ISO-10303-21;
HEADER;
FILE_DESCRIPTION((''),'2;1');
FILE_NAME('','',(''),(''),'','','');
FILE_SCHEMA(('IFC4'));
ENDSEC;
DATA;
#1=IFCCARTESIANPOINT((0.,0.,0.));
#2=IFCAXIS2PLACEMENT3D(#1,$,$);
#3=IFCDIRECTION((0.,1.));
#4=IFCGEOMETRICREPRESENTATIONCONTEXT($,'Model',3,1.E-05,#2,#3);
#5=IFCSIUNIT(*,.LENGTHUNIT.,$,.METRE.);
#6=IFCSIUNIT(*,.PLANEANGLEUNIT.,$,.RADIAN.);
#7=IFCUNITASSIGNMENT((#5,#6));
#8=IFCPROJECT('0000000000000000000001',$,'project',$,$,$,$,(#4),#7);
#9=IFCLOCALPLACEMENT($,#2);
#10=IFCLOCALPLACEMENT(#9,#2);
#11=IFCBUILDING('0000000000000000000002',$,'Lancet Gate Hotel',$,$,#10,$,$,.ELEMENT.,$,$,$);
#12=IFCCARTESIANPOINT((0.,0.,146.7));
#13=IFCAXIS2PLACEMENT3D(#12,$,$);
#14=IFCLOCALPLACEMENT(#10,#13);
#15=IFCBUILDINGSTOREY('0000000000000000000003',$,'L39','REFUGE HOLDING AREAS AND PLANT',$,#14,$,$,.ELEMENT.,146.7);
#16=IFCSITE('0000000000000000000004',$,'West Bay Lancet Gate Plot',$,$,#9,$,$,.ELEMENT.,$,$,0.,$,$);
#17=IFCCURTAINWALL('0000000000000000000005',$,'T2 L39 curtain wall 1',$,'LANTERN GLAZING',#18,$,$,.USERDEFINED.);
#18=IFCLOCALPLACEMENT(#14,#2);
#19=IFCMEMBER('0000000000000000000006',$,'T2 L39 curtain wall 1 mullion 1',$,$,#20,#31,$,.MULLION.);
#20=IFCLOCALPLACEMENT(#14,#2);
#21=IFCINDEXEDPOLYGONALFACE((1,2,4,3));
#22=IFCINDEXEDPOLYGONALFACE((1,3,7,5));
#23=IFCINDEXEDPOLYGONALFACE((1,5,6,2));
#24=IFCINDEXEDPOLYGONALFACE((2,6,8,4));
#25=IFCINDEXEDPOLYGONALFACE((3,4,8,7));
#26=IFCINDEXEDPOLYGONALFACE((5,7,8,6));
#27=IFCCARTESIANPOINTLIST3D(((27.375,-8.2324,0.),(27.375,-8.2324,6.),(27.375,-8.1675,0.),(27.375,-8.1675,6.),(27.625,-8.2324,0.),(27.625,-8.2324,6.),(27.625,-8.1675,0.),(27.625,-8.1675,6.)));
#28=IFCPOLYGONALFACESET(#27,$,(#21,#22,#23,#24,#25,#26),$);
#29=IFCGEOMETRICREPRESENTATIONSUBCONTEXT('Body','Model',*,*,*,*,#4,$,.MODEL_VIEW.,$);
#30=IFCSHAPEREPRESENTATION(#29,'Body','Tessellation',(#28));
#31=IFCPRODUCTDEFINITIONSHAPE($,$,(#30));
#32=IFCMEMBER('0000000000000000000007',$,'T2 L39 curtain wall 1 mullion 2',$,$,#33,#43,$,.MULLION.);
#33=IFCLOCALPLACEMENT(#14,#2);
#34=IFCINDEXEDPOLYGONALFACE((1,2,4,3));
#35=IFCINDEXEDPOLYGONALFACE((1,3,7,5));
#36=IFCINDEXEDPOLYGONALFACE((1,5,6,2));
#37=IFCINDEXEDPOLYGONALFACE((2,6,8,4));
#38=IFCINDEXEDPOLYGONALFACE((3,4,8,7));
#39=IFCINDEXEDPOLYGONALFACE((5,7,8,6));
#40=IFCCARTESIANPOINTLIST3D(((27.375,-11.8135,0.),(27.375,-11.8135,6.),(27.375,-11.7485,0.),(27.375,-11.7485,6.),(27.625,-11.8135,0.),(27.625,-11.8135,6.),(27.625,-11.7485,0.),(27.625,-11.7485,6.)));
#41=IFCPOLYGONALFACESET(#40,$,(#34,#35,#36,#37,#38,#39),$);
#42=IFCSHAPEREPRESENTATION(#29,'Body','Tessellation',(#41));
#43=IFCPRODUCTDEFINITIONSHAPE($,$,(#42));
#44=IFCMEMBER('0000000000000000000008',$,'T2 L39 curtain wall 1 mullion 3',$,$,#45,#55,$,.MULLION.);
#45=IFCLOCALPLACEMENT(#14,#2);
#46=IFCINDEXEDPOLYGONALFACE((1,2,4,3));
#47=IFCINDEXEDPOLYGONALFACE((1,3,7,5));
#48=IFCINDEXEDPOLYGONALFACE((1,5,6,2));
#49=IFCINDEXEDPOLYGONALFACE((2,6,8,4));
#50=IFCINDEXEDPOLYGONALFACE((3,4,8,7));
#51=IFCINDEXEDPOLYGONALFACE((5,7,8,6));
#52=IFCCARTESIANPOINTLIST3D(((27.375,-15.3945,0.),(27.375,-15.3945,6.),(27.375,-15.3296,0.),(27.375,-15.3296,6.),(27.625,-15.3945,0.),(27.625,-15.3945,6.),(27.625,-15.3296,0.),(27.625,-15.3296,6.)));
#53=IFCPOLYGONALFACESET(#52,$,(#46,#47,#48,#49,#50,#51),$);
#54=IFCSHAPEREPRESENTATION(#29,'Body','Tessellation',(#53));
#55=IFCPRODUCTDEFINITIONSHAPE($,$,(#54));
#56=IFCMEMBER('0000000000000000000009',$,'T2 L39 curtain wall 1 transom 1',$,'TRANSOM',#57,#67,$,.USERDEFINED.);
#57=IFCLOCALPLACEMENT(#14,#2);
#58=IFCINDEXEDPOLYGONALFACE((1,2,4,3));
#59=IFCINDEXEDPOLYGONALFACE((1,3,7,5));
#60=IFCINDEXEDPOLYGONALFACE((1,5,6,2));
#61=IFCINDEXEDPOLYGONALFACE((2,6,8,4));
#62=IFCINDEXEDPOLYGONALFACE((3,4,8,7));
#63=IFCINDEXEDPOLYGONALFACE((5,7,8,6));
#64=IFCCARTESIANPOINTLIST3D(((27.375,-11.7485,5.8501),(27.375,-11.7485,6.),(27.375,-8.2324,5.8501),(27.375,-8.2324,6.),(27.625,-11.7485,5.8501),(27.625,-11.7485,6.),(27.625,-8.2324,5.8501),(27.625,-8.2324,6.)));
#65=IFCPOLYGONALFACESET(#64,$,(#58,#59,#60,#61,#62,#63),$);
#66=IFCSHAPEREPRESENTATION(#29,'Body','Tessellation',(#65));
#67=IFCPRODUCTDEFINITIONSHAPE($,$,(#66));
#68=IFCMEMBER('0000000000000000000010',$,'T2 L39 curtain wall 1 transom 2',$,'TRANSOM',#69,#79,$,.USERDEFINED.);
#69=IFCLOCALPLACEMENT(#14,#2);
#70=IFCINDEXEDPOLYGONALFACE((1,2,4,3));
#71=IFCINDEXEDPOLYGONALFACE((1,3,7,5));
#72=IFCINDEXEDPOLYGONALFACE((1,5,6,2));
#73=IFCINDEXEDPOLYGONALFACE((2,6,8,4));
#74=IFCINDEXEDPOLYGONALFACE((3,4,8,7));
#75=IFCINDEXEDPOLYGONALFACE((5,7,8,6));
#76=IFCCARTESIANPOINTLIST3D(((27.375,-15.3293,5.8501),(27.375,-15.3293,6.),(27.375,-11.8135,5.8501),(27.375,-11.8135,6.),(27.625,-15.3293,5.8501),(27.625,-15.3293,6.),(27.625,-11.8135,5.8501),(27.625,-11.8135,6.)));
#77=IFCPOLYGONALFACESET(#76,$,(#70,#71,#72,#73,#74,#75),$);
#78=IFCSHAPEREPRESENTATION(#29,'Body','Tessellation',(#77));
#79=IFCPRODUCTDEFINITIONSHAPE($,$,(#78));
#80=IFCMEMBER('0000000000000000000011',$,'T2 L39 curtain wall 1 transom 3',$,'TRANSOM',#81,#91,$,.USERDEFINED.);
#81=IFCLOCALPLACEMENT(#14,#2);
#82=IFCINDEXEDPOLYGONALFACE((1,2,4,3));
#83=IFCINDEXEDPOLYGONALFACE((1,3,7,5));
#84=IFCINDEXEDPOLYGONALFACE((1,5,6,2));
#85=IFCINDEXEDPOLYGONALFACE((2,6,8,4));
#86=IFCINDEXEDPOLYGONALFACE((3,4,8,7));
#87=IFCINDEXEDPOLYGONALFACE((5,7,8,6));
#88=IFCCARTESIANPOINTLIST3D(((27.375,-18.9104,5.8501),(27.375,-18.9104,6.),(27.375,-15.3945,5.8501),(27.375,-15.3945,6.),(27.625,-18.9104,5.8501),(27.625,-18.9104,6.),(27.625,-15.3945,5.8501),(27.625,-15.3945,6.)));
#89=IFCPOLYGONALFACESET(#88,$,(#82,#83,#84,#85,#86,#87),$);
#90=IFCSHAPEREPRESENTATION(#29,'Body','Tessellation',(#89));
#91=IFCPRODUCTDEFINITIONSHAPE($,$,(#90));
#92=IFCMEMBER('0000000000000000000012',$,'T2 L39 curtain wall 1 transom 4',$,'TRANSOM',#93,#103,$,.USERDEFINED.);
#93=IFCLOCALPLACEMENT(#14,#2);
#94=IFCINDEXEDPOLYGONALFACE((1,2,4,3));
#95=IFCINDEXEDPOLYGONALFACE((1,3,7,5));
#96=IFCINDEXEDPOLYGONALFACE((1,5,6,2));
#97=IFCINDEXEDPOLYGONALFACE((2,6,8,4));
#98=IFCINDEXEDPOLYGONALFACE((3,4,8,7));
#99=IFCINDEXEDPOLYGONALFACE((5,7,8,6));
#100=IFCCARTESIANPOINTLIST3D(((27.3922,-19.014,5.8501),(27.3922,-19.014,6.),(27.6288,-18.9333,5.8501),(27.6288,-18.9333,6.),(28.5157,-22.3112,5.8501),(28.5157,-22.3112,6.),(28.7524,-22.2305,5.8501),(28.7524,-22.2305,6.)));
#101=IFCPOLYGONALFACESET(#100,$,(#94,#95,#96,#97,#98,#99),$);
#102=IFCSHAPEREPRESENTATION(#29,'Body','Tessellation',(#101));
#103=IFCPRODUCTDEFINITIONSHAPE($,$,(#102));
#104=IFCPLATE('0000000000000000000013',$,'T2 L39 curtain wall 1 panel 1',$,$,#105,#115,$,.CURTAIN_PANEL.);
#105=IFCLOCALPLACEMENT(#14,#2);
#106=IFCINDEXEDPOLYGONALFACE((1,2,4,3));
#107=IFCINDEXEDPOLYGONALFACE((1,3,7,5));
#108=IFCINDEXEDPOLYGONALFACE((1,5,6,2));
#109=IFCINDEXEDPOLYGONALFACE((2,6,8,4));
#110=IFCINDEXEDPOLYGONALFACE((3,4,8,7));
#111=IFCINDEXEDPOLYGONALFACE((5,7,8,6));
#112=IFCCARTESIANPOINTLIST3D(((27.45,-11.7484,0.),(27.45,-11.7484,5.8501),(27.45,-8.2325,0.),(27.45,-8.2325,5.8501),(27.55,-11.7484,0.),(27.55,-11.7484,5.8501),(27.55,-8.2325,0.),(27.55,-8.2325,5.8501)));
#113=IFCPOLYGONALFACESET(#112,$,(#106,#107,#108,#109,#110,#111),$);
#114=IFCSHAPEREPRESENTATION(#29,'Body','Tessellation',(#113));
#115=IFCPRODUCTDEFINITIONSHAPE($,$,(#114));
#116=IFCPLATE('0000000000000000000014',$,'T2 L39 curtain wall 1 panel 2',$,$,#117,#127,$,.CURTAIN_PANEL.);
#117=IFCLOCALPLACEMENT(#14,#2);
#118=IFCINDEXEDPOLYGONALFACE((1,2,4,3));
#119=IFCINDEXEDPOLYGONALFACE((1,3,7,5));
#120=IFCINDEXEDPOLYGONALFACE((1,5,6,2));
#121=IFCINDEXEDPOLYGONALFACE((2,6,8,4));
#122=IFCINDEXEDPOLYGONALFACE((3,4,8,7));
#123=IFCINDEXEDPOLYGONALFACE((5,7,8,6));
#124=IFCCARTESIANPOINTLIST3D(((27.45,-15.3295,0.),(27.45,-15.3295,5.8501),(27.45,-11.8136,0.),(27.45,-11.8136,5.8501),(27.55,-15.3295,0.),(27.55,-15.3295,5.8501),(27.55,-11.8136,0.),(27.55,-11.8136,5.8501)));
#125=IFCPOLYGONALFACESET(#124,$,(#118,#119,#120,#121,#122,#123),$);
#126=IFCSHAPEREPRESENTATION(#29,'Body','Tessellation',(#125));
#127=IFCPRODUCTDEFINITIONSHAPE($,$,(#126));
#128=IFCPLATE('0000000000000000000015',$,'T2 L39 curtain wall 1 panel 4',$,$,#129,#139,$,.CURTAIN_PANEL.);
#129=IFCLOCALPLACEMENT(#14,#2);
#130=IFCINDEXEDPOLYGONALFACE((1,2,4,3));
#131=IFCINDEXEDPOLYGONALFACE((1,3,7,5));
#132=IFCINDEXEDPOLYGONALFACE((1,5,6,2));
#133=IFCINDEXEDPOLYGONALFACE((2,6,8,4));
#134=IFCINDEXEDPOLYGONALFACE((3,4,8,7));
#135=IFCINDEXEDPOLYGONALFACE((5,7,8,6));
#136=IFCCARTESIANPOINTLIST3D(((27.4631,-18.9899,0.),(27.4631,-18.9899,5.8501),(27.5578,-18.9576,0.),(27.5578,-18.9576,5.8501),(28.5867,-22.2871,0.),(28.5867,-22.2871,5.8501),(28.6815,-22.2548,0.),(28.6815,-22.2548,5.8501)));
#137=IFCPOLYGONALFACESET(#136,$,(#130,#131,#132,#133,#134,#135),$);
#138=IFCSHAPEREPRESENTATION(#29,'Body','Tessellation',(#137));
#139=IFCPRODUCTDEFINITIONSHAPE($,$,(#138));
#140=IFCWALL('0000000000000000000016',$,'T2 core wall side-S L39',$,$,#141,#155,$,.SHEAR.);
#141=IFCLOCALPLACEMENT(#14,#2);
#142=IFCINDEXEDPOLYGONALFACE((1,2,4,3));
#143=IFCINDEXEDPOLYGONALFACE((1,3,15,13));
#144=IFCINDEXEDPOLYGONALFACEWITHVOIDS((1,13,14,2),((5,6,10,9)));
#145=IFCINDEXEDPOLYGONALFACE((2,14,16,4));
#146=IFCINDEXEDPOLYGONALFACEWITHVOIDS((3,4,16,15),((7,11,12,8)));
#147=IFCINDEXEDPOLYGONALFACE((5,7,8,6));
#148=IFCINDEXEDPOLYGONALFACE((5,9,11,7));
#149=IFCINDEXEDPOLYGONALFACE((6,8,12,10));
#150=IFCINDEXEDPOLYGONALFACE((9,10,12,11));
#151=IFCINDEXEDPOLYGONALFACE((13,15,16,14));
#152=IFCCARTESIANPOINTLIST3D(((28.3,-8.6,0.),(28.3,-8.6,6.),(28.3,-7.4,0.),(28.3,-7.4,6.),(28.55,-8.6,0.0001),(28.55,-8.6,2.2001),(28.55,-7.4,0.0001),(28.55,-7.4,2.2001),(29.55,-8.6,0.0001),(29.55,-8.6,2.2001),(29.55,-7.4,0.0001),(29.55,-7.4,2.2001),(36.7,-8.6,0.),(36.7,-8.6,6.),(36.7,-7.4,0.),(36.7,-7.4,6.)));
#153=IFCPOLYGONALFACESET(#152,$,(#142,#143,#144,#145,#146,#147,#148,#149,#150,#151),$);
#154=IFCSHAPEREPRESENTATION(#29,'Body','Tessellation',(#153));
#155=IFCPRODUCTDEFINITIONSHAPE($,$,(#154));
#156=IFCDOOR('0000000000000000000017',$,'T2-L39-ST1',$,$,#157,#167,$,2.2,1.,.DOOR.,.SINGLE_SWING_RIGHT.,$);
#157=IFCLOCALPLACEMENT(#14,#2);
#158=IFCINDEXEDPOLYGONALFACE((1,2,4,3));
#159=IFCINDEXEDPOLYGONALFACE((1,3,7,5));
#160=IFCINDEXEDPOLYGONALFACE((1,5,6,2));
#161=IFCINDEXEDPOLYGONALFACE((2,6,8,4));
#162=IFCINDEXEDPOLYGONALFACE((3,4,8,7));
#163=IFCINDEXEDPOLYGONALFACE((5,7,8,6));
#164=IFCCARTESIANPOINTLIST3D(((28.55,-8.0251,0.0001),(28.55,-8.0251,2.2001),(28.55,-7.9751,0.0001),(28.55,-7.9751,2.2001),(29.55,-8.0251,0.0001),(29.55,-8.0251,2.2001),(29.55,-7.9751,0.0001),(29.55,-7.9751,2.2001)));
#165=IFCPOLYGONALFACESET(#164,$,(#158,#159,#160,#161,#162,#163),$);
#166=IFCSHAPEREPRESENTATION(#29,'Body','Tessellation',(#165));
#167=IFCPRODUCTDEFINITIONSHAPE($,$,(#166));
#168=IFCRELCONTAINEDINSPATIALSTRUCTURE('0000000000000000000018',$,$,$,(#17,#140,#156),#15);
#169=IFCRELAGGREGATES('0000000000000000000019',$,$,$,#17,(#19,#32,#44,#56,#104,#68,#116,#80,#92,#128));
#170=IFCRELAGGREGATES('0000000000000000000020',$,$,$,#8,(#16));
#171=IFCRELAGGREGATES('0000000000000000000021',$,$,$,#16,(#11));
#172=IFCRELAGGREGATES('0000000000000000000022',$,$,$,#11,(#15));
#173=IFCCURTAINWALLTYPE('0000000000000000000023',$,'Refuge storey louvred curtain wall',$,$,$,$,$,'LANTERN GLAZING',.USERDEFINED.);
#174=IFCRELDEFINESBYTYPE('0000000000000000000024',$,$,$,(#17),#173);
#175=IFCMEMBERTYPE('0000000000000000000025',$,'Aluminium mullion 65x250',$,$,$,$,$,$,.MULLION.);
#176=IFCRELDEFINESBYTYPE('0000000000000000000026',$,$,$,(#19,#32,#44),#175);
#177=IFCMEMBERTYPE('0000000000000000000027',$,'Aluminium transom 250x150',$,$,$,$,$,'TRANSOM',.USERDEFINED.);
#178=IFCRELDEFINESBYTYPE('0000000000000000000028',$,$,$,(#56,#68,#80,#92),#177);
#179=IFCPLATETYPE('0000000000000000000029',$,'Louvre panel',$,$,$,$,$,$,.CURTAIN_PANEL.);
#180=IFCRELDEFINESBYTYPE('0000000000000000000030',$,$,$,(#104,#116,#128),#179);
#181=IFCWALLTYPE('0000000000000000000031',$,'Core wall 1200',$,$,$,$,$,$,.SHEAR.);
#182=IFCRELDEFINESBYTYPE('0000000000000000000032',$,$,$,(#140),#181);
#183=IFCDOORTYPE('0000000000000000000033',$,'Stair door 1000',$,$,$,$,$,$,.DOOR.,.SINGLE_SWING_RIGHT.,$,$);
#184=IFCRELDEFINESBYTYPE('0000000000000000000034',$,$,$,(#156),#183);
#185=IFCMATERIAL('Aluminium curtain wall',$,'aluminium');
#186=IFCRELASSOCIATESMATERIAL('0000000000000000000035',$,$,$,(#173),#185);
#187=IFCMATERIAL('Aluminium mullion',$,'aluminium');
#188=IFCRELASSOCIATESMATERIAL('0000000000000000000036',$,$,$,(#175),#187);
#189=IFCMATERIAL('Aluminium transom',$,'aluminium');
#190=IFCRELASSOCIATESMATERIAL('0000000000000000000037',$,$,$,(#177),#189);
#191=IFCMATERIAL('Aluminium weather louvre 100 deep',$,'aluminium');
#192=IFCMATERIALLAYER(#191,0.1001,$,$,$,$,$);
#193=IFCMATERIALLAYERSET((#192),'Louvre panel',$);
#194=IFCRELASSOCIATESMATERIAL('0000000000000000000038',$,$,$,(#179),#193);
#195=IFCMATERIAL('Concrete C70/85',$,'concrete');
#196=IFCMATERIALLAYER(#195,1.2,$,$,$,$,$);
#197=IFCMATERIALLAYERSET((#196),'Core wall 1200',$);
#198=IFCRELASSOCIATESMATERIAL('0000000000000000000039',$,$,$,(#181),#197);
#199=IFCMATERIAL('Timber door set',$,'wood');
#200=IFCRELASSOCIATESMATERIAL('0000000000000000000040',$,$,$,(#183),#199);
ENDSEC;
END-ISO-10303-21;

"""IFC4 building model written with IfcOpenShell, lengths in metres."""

from ifc_helpers import new_model, si_unit, direction, frame, frame_2d, origin, origin_2d, place, context, subcontext, project, spatial, rectangle, extrude, material, layer, layer_set, material_profile, profile_set, type_object, element, fill, aggregate, save


model = new_model("IFC4")

# Units and contexts
model_context = context("Model", 3, precision=1e-05, world=origin(), true_north=direction((0.0, 1.0)))
body_context = subcontext(model_context, "Body", "Model", "MODEL_VIEW")
ifc_project = project(units=[si_unit("LENGTHUNIT", "METRE"), si_unit("PLANEANGLEUNIT", "RADIAN")], contexts=[model_context])

# Site, building, storey
site_placement = place(None, origin())
site = spatial("IfcSite", under=ifc_project, at=site_placement, Name="West Bay Lancet Gate Plot", CompositionType="ELEMENT", RefElevation=0.0)
building_placement = place(site_placement, origin())
building = spatial("IfcBuilding", under=site, at=building_placement, Name="Lancet Gate Hotel", CompositionType="ELEMENT")
storey_placement = place(building_placement, frame((0.0, 0.0, 146.7)))
storey = spatial("IfcBuildingStorey", under=building, at=storey_placement, Name="L39", Description="REFUGE HOLDING AREAS AND PLANT", CompositionType="ELEMENT", Elevation=146.7)

# Curtain wall, members, plates
ifc_material_1 = material(Name="Aluminium curtain wall", Category="aluminium")
curtain_wall_type = type_object("IfcCurtainWallType", Name="Refuge storey louvred curtain wall", ElementType="LANTERN GLAZING", PredefinedType="USERDEFINED", material=ifc_material_1)
curtain_wall_placement = place(storey_placement, origin())
curtain_wall = element("IfcCurtainWall", 1, at=curtain_wall_placement, inside=storey, type_object=curtain_wall_type, Name="T2 L39 curtain wall 1", ObjectType="LANTERN GLAZING", PredefinedType="USERDEFINED")
ifc_material_2 = material(Name="Aluminium mullion", Category="aluminium")
ifc_material_profile_1 = material_profile(ifc_material_2, rectangle(XDim=0.0649, YDim=0.25, at=origin_2d()), Name="MULLION 65x250")
ifc_profile_set_1 = profile_set([ifc_material_profile_1], Name="Aluminium mullion")
member_type_1 = type_object("IfcMemberType", Name="Aluminium mullion 65x250", PredefinedType="MULLION", material=ifc_profile_set_1)
member_1_placement = place(storey_placement, frame((27.5, -8.2, 0.0), z_axis=(0.0, 0.0, 1.0), x_axis=(0.0, -1.0, 0.0)))
member_1 = element("IfcMember", 2, at=member_1_placement, type_object=member_type_1, Name="T2 L39 curtain wall 1 mullion 1", PredefinedType="MULLION", context=body_context, shape_type="SweptSolid", body=[
    extrude(rectangle(XDim=0.0649, YDim=0.25, at=origin_2d()), origin(), (0.0, 0.0, 1.0), 6.0),
])
member_2_placement = place(storey_placement, frame((27.5, -11.781, 0.0), z_axis=(0.0, 0.0, 1.0), x_axis=(0.0, -1.0, 0.0)))
member_2 = element("IfcMember", 3, at=member_2_placement, type_object=member_type_1, Name="T2 L39 curtain wall 1 mullion 2", PredefinedType="MULLION", context=body_context, shape_type="SweptSolid", body=[
    extrude(rectangle(XDim=0.0649, YDim=0.25, at=origin_2d()), origin(), (0.0, 0.0, 1.0), 6.0),
])
member_3_placement = place(storey_placement, frame((27.5, -15.3621, 0.0), z_axis=(0.0, 0.0, 1.0), x_axis=(0.0, -1.0, 0.0)))
member_3 = element("IfcMember", 4, at=member_3_placement, type_object=member_type_1, Name="T2 L39 curtain wall 1 mullion 3", PredefinedType="MULLION", context=body_context, shape_type="SweptSolid", body=[
    extrude(rectangle(XDim=0.0649, YDim=0.25, at=origin_2d()), origin(), (0.0, 0.0, 1.0), 6.0),
])
ifc_material_3 = material(Name="Aluminium transom", Category="aluminium")
ifc_material_profile_2 = material_profile(ifc_material_3, rectangle(XDim=0.25, YDim=0.1499, at=origin_2d()), Name="TRANSOM 250x150")
ifc_profile_set_2 = profile_set([ifc_material_profile_2], Name="Aluminium transom")
member_type_2 = type_object("IfcMemberType", Name="Aluminium transom 250x150", ElementType="TRANSOM", PredefinedType="USERDEFINED", material=ifc_profile_set_2)
member_4_placement = place(storey_placement, frame((27.5, -8.2324, 5.925), z_axis=(0.0, -1.0, 0.0), x_axis=(1.0, 0.0, 0.0)))
member_4 = element("IfcMember", 5, at=member_4_placement, type_object=member_type_2, Name="T2 L39 curtain wall 1 transom 1", ObjectType="TRANSOM", PredefinedType="USERDEFINED", context=body_context, shape_type="SweptSolid", body=[
    extrude(rectangle(XDim=0.25, YDim=0.1499, at=origin_2d()), origin(), (0.0, 0.0, 1.0), 3.5161),
])
member_5_placement = place(storey_placement, frame((27.5, -11.8135, 5.925), z_axis=(0.0, -1.0, 0.0), x_axis=(1.0, 0.0, 0.0)))
member_5 = element("IfcMember", 6, at=member_5_placement, type_object=member_type_2, Name="T2 L39 curtain wall 1 transom 2", ObjectType="TRANSOM", PredefinedType="USERDEFINED", context=body_context, shape_type="SweptSolid", body=[
    extrude(rectangle(XDim=0.25, YDim=0.1499, at=origin_2d()), origin(), (0.0, 0.0, 1.0), 3.5159),
])
member_6_placement = place(storey_placement, frame((27.5, -15.3945, 5.925), z_axis=(0.0, -1.0, 0.0), x_axis=(1.0, 0.0, 0.0)))
member_6 = element("IfcMember", 7, at=member_6_placement, type_object=member_type_2, Name="T2 L39 curtain wall 1 transom 3", ObjectType="TRANSOM", PredefinedType="USERDEFINED", context=body_context, shape_type="SweptSolid", body=[
    extrude(rectangle(XDim=0.25, YDim=0.1499, at=origin_2d()), origin(), (0.0, 0.0, 1.0), 3.5159),
])
member_7_placement = place(storey_placement, frame((27.5105, -18.9736, 5.925), z_axis=(0.32255, -0.946553, 0.0), x_axis=(0.946553, 0.32255, 0.0)))
member_7 = element("IfcMember", 8, at=member_7_placement, type_object=member_type_2, Name="T2 L39 curtain wall 1 transom 4", ObjectType="TRANSOM", PredefinedType="USERDEFINED", context=body_context, shape_type="SweptSolid", body=[
    extrude(rectangle(XDim=0.25, YDim=0.1499, at=origin_2d()), origin(), (0.0, 0.0, 1.0), 3.4834),
])
ifc_material_4 = material(Name="Aluminium weather louvre 100 deep", Category="aluminium")
ifc_layer_1 = layer(ifc_material_4, 0.1001)
ifc_layer_set_1 = layer_set([ifc_layer_1], Name="Louvre panel")
plate_type = type_object("IfcPlateType", Name="Louvre panel", PredefinedType="CURTAIN_PANEL", material=ifc_layer_set_1)
plate_1_placement = place(storey_placement, frame((27.5, -9.9905, 0.0), z_axis=(0.0, 0.0, 1.0), x_axis=(0.0, -1.0, 0.0)))
plate_1 = element("IfcPlate", 9, at=plate_1_placement, type_object=plate_type, Name="T2 L39 curtain wall 1 panel 1", PredefinedType="CURTAIN_PANEL", context=body_context, shape_type="SweptSolid", body=[
    extrude(rectangle(XDim=3.5159, YDim=0.1001, at=origin_2d()), origin(), (0.0, 0.0, 1.0), 5.8501),
])
plate_2_placement = place(storey_placement, frame((27.5, -13.5715, 0.0), z_axis=(0.0, 0.0, 1.0), x_axis=(0.0, -1.0, 0.0)))
plate_2 = element("IfcPlate", 10, at=plate_2_placement, type_object=plate_type, Name="T2 L39 curtain wall 1 panel 2", PredefinedType="CURTAIN_PANEL", context=body_context, shape_type="SweptSolid", body=[
    extrude(rectangle(XDim=3.5159, YDim=0.1001, at=origin_2d()), origin(), (0.0, 0.0, 1.0), 5.8501),
])
plate_3_placement = place(storey_placement, frame((28.0723, -20.6223, 0.0), z_axis=(0.0, 0.0, 1.0), x_axis=(0.322576, -0.946544, 0.0)))
plate_3 = element("IfcPlate", 11, at=plate_3_placement, type_object=plate_type, Name="T2 L39 curtain wall 1 panel 4", PredefinedType="CURTAIN_PANEL", context=body_context, shape_type="SweptSolid", body=[
    extrude(rectangle(XDim=3.4834, YDim=0.1001, at=origin_2d()), origin(), (0.0, 0.0, 1.0), 5.8501),
])
aggregate(curtain_wall, [member_1, member_2, member_3, member_4, plate_1, member_5, plate_2, member_6, member_7, plate_3])

# Wall, opening, door
ifc_material_5 = material(Name="Concrete C70/85", Category="concrete")
ifc_layer_2 = layer(ifc_material_5, 1.2)
ifc_layer_set_2 = layer_set([ifc_layer_2], Name="Core wall 1200")
wall_type_1 = type_object("IfcWallType", Name="Core wall 1200", PredefinedType="SHEAR", material=ifc_layer_set_2)
wall_1_placement = place(storey_placement, frame((28.3, -8.0, 0.0), z_axis=(0.0, 0.0, 1.0), x_axis=(1.0, 0.0, 0.0)))
wall_1 = element("IfcWall", 12, at=wall_1_placement, inside=storey, type_object=wall_type_1, Name="T2 core wall side-S L39", PredefinedType="SHEAR", context=body_context, shape_type="SweptSolid", body=[
    extrude(rectangle(XDim=8.3999, YDim=1.2, at=frame_2d((4.2, 0.0))), origin(), (0.0, 0.0, 1.0), 6.0),
])
opening_1_placement = place(wall_1_placement, frame((0.25, 0.0, 0.0)))
opening_1 = element("IfcOpeningElement", 13, at=opening_1_placement, cuts=wall_1, PredefinedType="OPENING", context=body_context, shape_type="SweptSolid", body=[
    extrude(rectangle(XDim=1.0, YDim=2.2, at=frame_2d((0.5, 1.1001))), frame((0.0, 0.6099, 0.0), z_axis=(0.0, -1.0, 0.0), x_axis=(1.0, 0.0, 0.0)), (0.0, 0.0, 1.0), 1.22),
])
ifc_material_6 = material(Name="Timber door set", Category="wood")
door_type_1 = type_object("IfcDoorType", Name="Stair door 1000", OperationType="SINGLE_SWING_RIGHT", PredefinedType="DOOR", material=ifc_material_6)
door_1_placement = place(opening_1_placement, origin())
door_1 = element("IfcDoor", 14, at=door_1_placement, inside=storey, type_object=door_type_1, Name="T2-L39-ST1", OperationType="SINGLE_SWING_RIGHT", OverallHeight=2.2, OverallWidth=1.0, PredefinedType="DOOR", context=body_context, shape_type="SweptSolid", body=[
    extrude(rectangle(XDim=1.0, YDim=2.2, at=frame_2d((0.5, 1.1001))), frame((0.0, 0.0249, 0.0), z_axis=(0.0, -1.0, 0.0), x_axis=(1.0, 0.0, 0.0)), (0.0, 0.0, 1.0), 0.05),
])
fill(opening_1, door_1)

save(model, "model.ifc")
